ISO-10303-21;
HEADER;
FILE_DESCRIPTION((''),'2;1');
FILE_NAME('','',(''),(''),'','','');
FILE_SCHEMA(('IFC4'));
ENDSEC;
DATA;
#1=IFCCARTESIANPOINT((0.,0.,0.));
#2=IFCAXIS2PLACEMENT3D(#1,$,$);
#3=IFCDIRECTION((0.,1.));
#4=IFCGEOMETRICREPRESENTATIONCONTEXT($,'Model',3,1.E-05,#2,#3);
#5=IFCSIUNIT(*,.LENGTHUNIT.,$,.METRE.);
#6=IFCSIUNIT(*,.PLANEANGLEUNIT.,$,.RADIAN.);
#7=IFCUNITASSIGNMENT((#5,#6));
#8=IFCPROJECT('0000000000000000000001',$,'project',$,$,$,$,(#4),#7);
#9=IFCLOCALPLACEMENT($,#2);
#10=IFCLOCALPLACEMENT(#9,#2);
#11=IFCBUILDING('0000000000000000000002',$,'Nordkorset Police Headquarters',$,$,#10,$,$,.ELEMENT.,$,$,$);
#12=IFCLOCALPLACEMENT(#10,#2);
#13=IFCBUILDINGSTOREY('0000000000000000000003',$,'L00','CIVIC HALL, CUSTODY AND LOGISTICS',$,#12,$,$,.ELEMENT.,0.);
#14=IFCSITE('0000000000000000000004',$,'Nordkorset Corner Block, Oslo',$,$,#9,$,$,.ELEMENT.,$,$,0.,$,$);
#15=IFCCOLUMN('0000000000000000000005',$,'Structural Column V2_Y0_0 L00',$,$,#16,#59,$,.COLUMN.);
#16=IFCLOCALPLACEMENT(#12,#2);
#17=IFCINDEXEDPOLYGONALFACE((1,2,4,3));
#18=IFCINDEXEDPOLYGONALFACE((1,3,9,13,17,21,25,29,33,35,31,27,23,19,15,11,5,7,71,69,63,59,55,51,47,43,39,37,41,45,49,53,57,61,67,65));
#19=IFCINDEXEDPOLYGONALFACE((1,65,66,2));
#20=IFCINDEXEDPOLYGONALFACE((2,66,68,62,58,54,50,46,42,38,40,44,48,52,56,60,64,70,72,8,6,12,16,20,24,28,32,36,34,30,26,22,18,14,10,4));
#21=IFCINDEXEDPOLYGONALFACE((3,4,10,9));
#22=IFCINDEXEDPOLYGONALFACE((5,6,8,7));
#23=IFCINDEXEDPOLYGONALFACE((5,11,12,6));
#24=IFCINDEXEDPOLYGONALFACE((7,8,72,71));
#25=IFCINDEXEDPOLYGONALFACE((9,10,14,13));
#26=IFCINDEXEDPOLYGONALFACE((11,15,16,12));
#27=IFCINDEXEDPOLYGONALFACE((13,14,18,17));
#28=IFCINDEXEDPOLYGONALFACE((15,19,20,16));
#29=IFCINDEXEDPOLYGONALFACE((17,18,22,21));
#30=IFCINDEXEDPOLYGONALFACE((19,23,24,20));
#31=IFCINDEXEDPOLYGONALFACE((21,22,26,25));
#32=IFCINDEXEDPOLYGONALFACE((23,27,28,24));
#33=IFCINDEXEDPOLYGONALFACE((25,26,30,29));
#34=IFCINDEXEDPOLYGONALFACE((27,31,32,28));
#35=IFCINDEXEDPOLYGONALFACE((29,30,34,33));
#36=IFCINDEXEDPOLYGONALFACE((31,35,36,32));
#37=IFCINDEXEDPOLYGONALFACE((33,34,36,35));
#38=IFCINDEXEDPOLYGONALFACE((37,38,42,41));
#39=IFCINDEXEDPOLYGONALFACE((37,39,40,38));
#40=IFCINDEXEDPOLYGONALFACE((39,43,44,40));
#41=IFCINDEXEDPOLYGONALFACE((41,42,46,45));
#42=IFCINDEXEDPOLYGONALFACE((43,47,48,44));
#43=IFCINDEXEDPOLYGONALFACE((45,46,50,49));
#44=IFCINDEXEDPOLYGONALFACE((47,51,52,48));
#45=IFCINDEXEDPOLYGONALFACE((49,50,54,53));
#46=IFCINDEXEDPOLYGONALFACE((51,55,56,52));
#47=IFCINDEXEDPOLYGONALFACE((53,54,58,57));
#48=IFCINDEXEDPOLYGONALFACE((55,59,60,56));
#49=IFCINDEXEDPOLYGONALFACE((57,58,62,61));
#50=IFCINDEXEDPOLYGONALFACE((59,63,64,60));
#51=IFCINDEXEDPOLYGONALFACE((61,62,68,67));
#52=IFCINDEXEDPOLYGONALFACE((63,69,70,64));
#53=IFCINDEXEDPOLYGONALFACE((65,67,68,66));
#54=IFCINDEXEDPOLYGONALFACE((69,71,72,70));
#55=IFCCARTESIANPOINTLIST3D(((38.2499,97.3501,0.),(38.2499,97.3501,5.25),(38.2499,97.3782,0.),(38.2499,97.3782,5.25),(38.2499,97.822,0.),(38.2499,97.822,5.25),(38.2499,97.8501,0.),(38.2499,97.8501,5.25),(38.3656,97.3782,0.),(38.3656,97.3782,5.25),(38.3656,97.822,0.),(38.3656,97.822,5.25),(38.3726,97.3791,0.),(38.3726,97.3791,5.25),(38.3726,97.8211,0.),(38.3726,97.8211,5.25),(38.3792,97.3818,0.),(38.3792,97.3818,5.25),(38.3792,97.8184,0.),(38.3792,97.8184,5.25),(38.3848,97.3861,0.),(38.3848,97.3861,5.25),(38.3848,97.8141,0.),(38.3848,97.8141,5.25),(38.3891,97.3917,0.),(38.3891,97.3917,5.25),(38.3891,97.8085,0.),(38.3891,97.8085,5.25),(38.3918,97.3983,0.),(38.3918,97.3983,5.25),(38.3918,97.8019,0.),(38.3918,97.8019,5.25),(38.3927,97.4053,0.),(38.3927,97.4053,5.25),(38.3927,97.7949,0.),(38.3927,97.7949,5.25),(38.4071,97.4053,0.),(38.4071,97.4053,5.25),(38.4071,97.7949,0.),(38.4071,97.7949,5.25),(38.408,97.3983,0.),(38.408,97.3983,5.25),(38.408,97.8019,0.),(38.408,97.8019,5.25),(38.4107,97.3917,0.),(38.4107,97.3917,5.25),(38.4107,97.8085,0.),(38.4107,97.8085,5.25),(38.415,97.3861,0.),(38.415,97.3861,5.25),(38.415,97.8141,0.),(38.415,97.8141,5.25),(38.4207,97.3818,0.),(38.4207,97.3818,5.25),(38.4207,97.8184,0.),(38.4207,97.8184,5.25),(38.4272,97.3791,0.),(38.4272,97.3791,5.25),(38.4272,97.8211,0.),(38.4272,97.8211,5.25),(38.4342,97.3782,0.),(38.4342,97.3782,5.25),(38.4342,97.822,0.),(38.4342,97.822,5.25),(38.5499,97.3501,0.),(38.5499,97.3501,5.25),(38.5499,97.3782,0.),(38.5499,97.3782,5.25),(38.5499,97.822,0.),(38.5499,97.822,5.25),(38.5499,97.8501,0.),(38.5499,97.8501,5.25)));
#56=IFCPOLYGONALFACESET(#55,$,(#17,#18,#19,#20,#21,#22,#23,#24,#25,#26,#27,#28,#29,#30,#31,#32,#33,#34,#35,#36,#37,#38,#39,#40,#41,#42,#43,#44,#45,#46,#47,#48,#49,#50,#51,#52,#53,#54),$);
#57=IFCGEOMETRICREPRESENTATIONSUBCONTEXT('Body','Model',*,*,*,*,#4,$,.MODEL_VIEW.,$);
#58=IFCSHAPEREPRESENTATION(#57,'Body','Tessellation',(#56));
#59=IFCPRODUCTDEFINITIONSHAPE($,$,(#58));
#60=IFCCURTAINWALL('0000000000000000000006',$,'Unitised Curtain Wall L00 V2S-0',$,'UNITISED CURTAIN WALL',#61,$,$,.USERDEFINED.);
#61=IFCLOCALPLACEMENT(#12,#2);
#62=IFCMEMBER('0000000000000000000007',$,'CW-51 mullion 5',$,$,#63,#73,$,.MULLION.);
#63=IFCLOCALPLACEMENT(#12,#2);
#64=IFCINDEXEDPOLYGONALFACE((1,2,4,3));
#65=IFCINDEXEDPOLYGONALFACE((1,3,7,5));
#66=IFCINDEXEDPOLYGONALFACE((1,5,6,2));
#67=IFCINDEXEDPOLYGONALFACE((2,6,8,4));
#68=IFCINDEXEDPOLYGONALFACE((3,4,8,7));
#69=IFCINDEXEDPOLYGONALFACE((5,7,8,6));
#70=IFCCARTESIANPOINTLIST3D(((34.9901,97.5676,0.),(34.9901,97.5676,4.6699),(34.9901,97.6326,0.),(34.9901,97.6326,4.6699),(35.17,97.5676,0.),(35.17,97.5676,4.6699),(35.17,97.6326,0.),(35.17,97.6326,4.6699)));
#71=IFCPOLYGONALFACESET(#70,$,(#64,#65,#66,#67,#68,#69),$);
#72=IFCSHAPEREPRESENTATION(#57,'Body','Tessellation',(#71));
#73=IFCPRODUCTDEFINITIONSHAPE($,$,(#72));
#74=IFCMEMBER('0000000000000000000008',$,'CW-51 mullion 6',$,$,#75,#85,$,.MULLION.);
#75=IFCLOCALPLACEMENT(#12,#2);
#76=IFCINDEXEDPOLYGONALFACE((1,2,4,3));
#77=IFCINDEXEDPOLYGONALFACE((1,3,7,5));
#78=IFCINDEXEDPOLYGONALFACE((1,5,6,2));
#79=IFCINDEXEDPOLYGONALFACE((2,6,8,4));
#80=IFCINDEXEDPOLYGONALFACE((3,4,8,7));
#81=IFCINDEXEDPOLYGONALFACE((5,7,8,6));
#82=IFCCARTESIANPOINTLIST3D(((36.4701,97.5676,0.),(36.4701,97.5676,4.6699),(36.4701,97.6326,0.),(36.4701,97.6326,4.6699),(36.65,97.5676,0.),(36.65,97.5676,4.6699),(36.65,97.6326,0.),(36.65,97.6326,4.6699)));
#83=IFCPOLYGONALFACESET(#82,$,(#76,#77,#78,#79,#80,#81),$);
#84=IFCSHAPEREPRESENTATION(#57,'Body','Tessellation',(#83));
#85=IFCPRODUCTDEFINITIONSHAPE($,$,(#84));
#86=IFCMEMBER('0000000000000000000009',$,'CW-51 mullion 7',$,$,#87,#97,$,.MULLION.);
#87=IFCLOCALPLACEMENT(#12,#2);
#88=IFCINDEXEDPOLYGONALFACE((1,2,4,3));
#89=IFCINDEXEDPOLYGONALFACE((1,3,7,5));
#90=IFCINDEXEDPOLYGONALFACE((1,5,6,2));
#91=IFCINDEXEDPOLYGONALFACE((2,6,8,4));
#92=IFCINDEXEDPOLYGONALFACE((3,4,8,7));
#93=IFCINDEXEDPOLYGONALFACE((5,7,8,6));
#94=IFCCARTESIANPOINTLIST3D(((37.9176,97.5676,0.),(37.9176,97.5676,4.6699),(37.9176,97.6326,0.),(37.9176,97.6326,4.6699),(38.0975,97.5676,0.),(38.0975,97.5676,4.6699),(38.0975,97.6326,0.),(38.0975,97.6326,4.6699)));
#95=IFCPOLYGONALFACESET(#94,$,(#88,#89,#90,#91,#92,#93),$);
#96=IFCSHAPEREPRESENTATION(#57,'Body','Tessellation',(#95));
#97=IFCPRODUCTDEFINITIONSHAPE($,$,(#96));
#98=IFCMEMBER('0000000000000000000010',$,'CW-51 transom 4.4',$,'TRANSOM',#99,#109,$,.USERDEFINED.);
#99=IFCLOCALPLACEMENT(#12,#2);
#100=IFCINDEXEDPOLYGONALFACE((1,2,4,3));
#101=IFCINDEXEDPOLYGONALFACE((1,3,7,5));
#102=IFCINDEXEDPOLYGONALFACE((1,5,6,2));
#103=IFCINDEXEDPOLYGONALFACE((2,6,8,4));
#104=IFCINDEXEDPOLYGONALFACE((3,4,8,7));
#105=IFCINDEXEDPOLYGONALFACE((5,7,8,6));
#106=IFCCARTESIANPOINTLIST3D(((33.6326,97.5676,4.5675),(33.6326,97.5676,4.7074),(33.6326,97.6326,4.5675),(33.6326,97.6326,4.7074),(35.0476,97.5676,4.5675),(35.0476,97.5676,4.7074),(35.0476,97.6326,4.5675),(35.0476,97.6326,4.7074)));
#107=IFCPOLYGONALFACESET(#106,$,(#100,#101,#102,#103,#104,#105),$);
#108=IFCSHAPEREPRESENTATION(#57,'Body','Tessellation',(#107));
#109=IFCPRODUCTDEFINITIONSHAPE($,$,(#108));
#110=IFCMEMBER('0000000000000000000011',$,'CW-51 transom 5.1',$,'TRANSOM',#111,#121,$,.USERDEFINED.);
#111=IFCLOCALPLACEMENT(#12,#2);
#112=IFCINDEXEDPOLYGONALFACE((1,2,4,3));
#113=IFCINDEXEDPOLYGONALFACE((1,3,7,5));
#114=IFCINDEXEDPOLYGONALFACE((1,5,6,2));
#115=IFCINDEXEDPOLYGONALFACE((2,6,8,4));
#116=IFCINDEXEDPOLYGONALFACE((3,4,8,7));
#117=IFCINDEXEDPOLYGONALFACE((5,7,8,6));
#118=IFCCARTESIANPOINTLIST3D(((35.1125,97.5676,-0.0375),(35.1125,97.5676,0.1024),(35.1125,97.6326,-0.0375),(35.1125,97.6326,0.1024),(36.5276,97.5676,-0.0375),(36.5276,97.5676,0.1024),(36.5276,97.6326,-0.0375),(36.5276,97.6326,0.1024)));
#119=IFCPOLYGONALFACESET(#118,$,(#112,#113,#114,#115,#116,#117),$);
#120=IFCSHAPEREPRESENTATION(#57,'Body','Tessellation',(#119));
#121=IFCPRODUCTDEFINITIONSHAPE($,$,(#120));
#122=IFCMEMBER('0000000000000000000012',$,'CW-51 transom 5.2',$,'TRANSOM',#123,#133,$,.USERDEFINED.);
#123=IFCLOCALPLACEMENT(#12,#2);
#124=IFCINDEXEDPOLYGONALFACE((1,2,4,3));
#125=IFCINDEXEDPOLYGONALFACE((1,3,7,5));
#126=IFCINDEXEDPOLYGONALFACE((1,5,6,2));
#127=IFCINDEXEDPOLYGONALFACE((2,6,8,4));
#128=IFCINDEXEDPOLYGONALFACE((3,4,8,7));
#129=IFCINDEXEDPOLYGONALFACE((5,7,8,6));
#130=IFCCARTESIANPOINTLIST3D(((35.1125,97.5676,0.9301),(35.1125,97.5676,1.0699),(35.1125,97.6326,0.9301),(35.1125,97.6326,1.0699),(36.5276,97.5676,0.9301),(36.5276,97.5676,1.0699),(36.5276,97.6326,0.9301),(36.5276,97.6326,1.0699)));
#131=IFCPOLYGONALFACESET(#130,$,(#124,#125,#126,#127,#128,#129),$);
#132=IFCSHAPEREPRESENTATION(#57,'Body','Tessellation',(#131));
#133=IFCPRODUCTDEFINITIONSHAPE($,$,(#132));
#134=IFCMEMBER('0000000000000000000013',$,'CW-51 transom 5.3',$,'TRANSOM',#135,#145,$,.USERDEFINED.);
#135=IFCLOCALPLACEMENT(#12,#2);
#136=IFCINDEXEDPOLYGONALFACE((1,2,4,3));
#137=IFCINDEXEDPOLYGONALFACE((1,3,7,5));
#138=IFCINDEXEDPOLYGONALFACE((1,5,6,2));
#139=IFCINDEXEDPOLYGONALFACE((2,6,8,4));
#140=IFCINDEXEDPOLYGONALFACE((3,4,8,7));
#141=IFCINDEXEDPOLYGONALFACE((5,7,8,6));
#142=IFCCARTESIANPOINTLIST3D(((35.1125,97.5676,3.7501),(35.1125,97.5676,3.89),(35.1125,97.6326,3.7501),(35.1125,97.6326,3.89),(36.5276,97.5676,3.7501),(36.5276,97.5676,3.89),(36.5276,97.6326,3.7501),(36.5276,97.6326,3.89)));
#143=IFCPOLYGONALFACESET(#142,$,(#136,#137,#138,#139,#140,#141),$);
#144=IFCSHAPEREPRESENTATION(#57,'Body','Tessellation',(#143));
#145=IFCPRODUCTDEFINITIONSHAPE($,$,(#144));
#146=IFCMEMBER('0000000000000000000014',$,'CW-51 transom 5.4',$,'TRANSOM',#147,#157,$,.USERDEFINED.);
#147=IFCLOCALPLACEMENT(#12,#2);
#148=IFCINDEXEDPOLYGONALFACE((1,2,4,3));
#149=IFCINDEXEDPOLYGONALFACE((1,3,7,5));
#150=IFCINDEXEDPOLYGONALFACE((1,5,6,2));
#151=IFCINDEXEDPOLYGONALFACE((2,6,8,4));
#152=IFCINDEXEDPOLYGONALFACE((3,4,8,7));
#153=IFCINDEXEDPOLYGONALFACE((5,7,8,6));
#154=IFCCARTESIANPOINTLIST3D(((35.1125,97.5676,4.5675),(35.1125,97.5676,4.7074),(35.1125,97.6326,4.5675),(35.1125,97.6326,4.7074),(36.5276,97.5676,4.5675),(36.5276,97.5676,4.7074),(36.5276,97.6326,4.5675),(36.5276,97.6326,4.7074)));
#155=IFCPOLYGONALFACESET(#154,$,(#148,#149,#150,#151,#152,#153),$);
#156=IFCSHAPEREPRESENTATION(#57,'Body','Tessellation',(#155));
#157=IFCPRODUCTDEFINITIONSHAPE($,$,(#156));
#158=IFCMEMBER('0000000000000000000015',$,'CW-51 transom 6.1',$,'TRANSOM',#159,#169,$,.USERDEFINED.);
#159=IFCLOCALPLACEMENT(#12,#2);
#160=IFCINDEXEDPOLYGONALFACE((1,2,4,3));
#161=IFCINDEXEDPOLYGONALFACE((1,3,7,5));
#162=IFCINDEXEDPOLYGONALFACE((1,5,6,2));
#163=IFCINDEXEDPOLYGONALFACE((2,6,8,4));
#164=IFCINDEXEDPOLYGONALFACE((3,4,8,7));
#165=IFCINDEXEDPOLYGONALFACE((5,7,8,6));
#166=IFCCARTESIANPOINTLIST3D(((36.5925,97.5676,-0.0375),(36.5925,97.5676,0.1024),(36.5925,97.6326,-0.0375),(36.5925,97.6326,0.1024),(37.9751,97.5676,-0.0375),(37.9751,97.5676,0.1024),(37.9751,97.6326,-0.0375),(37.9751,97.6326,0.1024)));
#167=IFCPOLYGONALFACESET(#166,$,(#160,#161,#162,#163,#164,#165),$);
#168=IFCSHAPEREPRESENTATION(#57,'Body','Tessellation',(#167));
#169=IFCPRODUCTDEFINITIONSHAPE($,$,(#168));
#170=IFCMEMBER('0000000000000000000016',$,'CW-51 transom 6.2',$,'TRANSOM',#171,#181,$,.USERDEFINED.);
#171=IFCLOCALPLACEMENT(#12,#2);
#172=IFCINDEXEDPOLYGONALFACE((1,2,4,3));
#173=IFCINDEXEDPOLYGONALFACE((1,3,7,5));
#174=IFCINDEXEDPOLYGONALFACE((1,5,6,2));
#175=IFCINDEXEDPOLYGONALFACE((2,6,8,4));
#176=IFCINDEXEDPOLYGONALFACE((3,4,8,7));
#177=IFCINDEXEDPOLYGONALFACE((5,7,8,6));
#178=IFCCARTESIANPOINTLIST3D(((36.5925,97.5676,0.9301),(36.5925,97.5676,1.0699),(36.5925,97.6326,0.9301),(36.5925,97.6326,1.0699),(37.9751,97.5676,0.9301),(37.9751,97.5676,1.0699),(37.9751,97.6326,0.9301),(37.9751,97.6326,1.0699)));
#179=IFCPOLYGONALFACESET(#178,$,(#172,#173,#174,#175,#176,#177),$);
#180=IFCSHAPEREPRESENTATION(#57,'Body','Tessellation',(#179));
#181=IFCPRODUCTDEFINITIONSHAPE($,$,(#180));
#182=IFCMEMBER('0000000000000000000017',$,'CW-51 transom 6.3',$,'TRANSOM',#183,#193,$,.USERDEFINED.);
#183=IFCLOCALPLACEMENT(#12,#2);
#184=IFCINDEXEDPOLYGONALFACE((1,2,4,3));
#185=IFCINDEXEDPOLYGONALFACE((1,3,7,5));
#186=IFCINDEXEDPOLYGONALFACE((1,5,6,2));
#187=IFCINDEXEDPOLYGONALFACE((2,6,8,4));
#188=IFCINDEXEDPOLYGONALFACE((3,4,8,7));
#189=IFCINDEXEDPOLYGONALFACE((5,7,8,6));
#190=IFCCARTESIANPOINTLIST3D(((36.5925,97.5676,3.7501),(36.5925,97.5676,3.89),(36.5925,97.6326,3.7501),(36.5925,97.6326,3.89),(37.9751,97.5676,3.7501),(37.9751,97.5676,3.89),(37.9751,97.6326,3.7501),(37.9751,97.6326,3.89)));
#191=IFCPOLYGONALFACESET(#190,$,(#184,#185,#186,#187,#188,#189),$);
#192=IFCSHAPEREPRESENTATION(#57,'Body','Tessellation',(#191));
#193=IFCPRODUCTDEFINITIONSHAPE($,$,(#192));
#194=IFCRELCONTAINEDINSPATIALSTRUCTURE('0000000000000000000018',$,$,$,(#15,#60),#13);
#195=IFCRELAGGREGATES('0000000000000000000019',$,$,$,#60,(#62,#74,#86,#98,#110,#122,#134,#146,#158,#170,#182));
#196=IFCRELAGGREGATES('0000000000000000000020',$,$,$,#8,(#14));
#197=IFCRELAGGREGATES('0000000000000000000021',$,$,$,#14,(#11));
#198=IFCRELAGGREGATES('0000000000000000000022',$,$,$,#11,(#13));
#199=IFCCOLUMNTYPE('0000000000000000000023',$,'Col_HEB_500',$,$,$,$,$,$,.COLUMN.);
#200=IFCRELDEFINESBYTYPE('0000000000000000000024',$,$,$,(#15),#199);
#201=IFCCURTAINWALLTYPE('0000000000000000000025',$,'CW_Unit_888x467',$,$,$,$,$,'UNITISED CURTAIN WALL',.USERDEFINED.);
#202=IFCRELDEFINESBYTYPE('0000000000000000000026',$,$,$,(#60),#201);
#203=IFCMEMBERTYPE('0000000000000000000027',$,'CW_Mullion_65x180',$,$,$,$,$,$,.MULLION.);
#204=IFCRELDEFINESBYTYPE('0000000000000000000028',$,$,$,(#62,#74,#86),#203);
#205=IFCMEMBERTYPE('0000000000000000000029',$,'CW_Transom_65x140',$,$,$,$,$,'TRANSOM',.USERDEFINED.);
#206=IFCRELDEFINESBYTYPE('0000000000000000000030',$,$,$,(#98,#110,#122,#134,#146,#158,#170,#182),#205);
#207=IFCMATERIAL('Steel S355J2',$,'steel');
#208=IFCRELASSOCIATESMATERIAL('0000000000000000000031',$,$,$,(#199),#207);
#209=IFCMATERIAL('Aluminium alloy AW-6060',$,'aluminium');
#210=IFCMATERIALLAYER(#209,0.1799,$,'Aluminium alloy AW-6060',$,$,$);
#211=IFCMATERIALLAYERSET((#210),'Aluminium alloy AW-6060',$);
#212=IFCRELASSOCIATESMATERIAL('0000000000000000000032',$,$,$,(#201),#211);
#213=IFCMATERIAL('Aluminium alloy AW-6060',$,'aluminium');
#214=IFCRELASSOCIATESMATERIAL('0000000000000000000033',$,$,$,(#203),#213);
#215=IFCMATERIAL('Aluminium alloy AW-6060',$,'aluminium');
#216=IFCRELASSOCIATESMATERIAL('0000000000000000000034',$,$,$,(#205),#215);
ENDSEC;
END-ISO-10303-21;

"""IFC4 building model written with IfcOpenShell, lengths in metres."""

from ifc_helpers import new_model, si_unit, direction, frame, origin, origin_2d, place, context, subcontext, project, spatial, rectangle, i_section, extrude, material, layer, layer_set, material_profile, profile_set, type_object, element, aggregate, save


model = new_model("IFC4")

# Units and contexts
model_context = context("Model", 3, precision=1e-05, world=origin(), true_north=direction((0.0, 1.0)))
body_context = subcontext(model_context, "Body", "Model", "MODEL_VIEW")
ifc_project = project(units=[si_unit("LENGTHUNIT", "METRE"), si_unit("PLANEANGLEUNIT", "RADIAN")], contexts=[model_context])

# Site, building, storey
site_placement = place(None, origin())
site = spatial("IfcSite", under=ifc_project, at=site_placement, Name="Nordkorset Corner Block, Oslo", CompositionType="ELEMENT", RefElevation=0.0)
building_placement = place(site_placement, origin())
building = spatial("IfcBuilding", under=site, at=building_placement, Name="Nordkorset Police Headquarters", CompositionType="ELEMENT")
storey_placement = place(building_placement, origin())
storey = spatial("IfcBuildingStorey", under=building, at=storey_placement, Name="L00", Description="CIVIC HALL, CUSTODY AND LOGISTICS", CompositionType="ELEMENT", Elevation=0.0)

# Column
ifc_material_1 = material(Name="Steel S355J2", Category="steel")
ifc_material_profile_1 = material_profile(ifc_material_1, i_section(OverallWidth=0.3, OverallDepth=0.5, WebThickness=0.0144, FlangeThickness=0.0281, FilletRadius=0.0271, at=origin_2d()), Name="HEB 500")
ifc_profile_set_1 = profile_set([ifc_material_profile_1], Name="Steel S355J2")
column_type = type_object("IfcColumnType", Name="Col_HEB_500", PredefinedType="COLUMN", material=ifc_profile_set_1)
column_placement = place(storey_placement, frame((38.3999, 97.6001, 0.0), z_axis=(0.0, 0.0, 1.0), x_axis=(1.0, 0.0, 0.0)))
element("IfcColumn", 1, at=column_placement, inside=storey, type_object=column_type, Name="Structural Column V2_Y0_0 L00", PredefinedType="COLUMN", context=body_context, shape_type="SweptSolid", body=[
    extrude(i_section(OverallWidth=0.3, OverallDepth=0.5, WebThickness=0.0144, FlangeThickness=0.0281, FilletRadius=0.0271, at=origin_2d()), origin(), (0.0, 0.0, 1.0), 5.25),
])

# Curtain wall, members
ifc_material_2 = material(Name="Aluminium alloy AW-6060", Category="aluminium")
ifc_layer_1 = layer(ifc_material_2, 0.1799, Name="Aluminium alloy AW-6060")
ifc_layer_set_1 = layer_set([ifc_layer_1], Name="Aluminium alloy AW-6060")
curtain_wall_type = type_object("IfcCurtainWallType", Name="CW_Unit_888x467", ElementType="UNITISED CURTAIN WALL", PredefinedType="USERDEFINED", material=ifc_layer_set_1)
curtain_wall_placement = place(storey_placement, origin())
curtain_wall = element("IfcCurtainWall", 2, at=curtain_wall_placement, inside=storey, type_object=curtain_wall_type, Name="Unitised Curtain Wall L00 V2S-0", ObjectType="UNITISED CURTAIN WALL", PredefinedType="USERDEFINED")
ifc_material_3 = material(Name="Aluminium alloy AW-6060", Category="aluminium")
ifc_material_profile_2 = material_profile(ifc_material_3, rectangle(XDim=0.0649, YDim=0.1799, at=origin_2d()), Name="ALU MULL 65x180")
ifc_profile_set_2 = profile_set([ifc_material_profile_2], Name="Aluminium alloy AW-6060")
member_type_1 = type_object("IfcMemberType", Name="CW_Mullion_65x180", PredefinedType="MULLION", material=ifc_profile_set_2)
member_1_placement = place(storey_placement, frame((35.0801, 97.6001, 0.0), z_axis=(0.0, 0.0, 1.0), x_axis=(0.0, 1.0, 0.0)))
member_1 = element("IfcMember", 3, at=member_1_placement, type_object=member_type_1, Name="CW-51 mullion 5", PredefinedType="MULLION", context=body_context, shape_type="SweptSolid", body=[
    extrude(rectangle(XDim=0.0649, YDim=0.1799, at=origin_2d()), origin(), (0.0, 0.0, 1.0), 4.6699),
])
member_2_placement = place(storey_placement, frame((36.5601, 97.6001, 0.0), z_axis=(0.0, 0.0, 1.0), x_axis=(0.0, 1.0, 0.0)))
member_2 = element("IfcMember", 4, at=member_2_placement, type_object=member_type_1, Name="CW-51 mullion 6", PredefinedType="MULLION", context=body_context, shape_type="SweptSolid", body=[
    extrude(rectangle(XDim=0.0649, YDim=0.1799, at=origin_2d()), origin(), (0.0, 0.0, 1.0), 4.6699),
])
member_3_placement = place(storey_placement, frame((38.0076, 97.6001, 0.0), z_axis=(0.0, 0.0, 1.0), x_axis=(0.0, 1.0, 0.0)))
member_3 = element("IfcMember", 5, at=member_3_placement, type_object=member_type_1, Name="CW-51 mullion 7", PredefinedType="MULLION", context=body_context, shape_type="SweptSolid", body=[
    extrude(rectangle(XDim=0.0649, YDim=0.1799, at=origin_2d()), origin(), (0.0, 0.0, 1.0), 4.6699),
])
ifc_material_4 = material(Name="Aluminium alloy AW-6060", Category="aluminium")
ifc_material_profile_3 = material_profile(ifc_material_4, rectangle(XDim=0.0649, YDim=0.1399, at=origin_2d()), Name="ALU TRAN 65x140")
ifc_profile_set_3 = profile_set([ifc_material_profile_3], Name="Aluminium alloy AW-6060")
member_type_2 = type_object("IfcMemberType", Name="CW_Transom_65x140", ElementType="TRANSOM", PredefinedType="USERDEFINED", material=ifc_profile_set_3)
member_4_placement = place(storey_placement, frame((33.6326, 97.6001, 4.6375), z_axis=(1.0, 0.0, 0.0), x_axis=(0.0, 1.0, 0.0)))
member_4 = element("IfcMember", 6, at=member_4_placement, type_object=member_type_2, Name="CW-51 transom 4.4", ObjectType="TRANSOM", PredefinedType="USERDEFINED", context=body_context, shape_type="SweptSolid", body=[
    extrude(rectangle(XDim=0.0649, YDim=0.1399, at=origin_2d()), origin(), (0.0, 0.0, 1.0), 1.415),
])
member_5_placement = place(storey_placement, frame((35.1125, 97.6001, 0.0325), z_axis=(1.0, 0.0, 0.0), x_axis=(0.0, 1.0, 0.0)))
member_5 = element("IfcMember", 7, at=member_5_placement, type_object=member_type_2, Name="CW-51 transom 5.1", ObjectType="TRANSOM", PredefinedType="USERDEFINED", context=body_context, shape_type="SweptSolid", body=[
    extrude(rectangle(XDim=0.0649, YDim=0.1399, at=origin_2d()), origin(), (0.0, 0.0, 1.0), 1.415),
])
member_6_placement = place(storey_placement, frame((35.1125, 97.6001, 1.0), z_axis=(1.0, 0.0, 0.0), x_axis=(0.0, 1.0, 0.0)))
member_6 = element("IfcMember", 8, at=member_6_placement, type_object=member_type_2, Name="CW-51 transom 5.2", ObjectType="TRANSOM", PredefinedType="USERDEFINED", context=body_context, shape_type="SweptSolid", body=[
    extrude(rectangle(XDim=0.0649, YDim=0.1399, at=origin_2d()), origin(), (0.0, 0.0, 1.0), 1.415),
])
member_7_placement = place(storey_placement, frame((35.1125, 97.6001, 3.8201), z_axis=(1.0, 0.0, 0.0), x_axis=(0.0, 1.0, 0.0)))
member_7 = element("IfcMember", 9, at=member_7_placement, type_object=member_type_2, Name="CW-51 transom 5.3", ObjectType="TRANSOM", PredefinedType="USERDEFINED", context=body_context, shape_type="SweptSolid", body=[
    extrude(rectangle(XDim=0.0649, YDim=0.1399, at=origin_2d()), origin(), (0.0, 0.0, 1.0), 1.415),
])
member_8_placement = place(storey_placement, frame((35.1125, 97.6001, 4.6375), z_axis=(1.0, 0.0, 0.0), x_axis=(0.0, 1.0, 0.0)))
member_8 = element("IfcMember", 10, at=member_8_placement, type_object=member_type_2, Name="CW-51 transom 5.4", ObjectType="TRANSOM", PredefinedType="USERDEFINED", context=body_context, shape_type="SweptSolid", body=[
    extrude(rectangle(XDim=0.0649, YDim=0.1399, at=origin_2d()), origin(), (0.0, 0.0, 1.0), 1.415),
])
member_9_placement = place(storey_placement, frame((36.5925, 97.6001, 0.0325), z_axis=(1.0, 0.0, 0.0), x_axis=(0.0, 1.0, 0.0)))
member_9 = element("IfcMember", 11, at=member_9_placement, type_object=member_type_2, Name="CW-51 transom 6.1", ObjectType="TRANSOM", PredefinedType="USERDEFINED", context=body_context, shape_type="SweptSolid", body=[
    extrude(rectangle(XDim=0.0649, YDim=0.1399, at=origin_2d()), origin(), (0.0, 0.0, 1.0), 1.3826),
])
member_10_placement = place(storey_placement, frame((36.5925, 97.6001, 1.0), z_axis=(1.0, 0.0, 0.0), x_axis=(0.0, 1.0, 0.0)))
member_10 = element("IfcMember", 12, at=member_10_placement, type_object=member_type_2, Name="CW-51 transom 6.2", ObjectType="TRANSOM", PredefinedType="USERDEFINED", context=body_context, shape_type="SweptSolid", body=[
    extrude(rectangle(XDim=0.0649, YDim=0.1399, at=origin_2d()), origin(), (0.0, 0.0, 1.0), 1.3826),
])
member_11_placement = place(storey_placement, frame((36.5925, 97.6001, 3.8201), z_axis=(1.0, 0.0, 0.0), x_axis=(0.0, 1.0, 0.0)))
member_11 = element("IfcMember", 13, at=member_11_placement, type_object=member_type_2, Name="CW-51 transom 6.3", ObjectType="TRANSOM", PredefinedType="USERDEFINED", context=body_context, shape_type="SweptSolid", body=[
    extrude(rectangle(XDim=0.0649, YDim=0.1399, at=origin_2d()), origin(), (0.0, 0.0, 1.0), 1.3826),
])

aggregate(curtain_wall, [member_1, member_2, member_3, member_4, member_5, member_6, member_7, member_8, member_9, member_10, member_11])

save(model, "model.ifc")
